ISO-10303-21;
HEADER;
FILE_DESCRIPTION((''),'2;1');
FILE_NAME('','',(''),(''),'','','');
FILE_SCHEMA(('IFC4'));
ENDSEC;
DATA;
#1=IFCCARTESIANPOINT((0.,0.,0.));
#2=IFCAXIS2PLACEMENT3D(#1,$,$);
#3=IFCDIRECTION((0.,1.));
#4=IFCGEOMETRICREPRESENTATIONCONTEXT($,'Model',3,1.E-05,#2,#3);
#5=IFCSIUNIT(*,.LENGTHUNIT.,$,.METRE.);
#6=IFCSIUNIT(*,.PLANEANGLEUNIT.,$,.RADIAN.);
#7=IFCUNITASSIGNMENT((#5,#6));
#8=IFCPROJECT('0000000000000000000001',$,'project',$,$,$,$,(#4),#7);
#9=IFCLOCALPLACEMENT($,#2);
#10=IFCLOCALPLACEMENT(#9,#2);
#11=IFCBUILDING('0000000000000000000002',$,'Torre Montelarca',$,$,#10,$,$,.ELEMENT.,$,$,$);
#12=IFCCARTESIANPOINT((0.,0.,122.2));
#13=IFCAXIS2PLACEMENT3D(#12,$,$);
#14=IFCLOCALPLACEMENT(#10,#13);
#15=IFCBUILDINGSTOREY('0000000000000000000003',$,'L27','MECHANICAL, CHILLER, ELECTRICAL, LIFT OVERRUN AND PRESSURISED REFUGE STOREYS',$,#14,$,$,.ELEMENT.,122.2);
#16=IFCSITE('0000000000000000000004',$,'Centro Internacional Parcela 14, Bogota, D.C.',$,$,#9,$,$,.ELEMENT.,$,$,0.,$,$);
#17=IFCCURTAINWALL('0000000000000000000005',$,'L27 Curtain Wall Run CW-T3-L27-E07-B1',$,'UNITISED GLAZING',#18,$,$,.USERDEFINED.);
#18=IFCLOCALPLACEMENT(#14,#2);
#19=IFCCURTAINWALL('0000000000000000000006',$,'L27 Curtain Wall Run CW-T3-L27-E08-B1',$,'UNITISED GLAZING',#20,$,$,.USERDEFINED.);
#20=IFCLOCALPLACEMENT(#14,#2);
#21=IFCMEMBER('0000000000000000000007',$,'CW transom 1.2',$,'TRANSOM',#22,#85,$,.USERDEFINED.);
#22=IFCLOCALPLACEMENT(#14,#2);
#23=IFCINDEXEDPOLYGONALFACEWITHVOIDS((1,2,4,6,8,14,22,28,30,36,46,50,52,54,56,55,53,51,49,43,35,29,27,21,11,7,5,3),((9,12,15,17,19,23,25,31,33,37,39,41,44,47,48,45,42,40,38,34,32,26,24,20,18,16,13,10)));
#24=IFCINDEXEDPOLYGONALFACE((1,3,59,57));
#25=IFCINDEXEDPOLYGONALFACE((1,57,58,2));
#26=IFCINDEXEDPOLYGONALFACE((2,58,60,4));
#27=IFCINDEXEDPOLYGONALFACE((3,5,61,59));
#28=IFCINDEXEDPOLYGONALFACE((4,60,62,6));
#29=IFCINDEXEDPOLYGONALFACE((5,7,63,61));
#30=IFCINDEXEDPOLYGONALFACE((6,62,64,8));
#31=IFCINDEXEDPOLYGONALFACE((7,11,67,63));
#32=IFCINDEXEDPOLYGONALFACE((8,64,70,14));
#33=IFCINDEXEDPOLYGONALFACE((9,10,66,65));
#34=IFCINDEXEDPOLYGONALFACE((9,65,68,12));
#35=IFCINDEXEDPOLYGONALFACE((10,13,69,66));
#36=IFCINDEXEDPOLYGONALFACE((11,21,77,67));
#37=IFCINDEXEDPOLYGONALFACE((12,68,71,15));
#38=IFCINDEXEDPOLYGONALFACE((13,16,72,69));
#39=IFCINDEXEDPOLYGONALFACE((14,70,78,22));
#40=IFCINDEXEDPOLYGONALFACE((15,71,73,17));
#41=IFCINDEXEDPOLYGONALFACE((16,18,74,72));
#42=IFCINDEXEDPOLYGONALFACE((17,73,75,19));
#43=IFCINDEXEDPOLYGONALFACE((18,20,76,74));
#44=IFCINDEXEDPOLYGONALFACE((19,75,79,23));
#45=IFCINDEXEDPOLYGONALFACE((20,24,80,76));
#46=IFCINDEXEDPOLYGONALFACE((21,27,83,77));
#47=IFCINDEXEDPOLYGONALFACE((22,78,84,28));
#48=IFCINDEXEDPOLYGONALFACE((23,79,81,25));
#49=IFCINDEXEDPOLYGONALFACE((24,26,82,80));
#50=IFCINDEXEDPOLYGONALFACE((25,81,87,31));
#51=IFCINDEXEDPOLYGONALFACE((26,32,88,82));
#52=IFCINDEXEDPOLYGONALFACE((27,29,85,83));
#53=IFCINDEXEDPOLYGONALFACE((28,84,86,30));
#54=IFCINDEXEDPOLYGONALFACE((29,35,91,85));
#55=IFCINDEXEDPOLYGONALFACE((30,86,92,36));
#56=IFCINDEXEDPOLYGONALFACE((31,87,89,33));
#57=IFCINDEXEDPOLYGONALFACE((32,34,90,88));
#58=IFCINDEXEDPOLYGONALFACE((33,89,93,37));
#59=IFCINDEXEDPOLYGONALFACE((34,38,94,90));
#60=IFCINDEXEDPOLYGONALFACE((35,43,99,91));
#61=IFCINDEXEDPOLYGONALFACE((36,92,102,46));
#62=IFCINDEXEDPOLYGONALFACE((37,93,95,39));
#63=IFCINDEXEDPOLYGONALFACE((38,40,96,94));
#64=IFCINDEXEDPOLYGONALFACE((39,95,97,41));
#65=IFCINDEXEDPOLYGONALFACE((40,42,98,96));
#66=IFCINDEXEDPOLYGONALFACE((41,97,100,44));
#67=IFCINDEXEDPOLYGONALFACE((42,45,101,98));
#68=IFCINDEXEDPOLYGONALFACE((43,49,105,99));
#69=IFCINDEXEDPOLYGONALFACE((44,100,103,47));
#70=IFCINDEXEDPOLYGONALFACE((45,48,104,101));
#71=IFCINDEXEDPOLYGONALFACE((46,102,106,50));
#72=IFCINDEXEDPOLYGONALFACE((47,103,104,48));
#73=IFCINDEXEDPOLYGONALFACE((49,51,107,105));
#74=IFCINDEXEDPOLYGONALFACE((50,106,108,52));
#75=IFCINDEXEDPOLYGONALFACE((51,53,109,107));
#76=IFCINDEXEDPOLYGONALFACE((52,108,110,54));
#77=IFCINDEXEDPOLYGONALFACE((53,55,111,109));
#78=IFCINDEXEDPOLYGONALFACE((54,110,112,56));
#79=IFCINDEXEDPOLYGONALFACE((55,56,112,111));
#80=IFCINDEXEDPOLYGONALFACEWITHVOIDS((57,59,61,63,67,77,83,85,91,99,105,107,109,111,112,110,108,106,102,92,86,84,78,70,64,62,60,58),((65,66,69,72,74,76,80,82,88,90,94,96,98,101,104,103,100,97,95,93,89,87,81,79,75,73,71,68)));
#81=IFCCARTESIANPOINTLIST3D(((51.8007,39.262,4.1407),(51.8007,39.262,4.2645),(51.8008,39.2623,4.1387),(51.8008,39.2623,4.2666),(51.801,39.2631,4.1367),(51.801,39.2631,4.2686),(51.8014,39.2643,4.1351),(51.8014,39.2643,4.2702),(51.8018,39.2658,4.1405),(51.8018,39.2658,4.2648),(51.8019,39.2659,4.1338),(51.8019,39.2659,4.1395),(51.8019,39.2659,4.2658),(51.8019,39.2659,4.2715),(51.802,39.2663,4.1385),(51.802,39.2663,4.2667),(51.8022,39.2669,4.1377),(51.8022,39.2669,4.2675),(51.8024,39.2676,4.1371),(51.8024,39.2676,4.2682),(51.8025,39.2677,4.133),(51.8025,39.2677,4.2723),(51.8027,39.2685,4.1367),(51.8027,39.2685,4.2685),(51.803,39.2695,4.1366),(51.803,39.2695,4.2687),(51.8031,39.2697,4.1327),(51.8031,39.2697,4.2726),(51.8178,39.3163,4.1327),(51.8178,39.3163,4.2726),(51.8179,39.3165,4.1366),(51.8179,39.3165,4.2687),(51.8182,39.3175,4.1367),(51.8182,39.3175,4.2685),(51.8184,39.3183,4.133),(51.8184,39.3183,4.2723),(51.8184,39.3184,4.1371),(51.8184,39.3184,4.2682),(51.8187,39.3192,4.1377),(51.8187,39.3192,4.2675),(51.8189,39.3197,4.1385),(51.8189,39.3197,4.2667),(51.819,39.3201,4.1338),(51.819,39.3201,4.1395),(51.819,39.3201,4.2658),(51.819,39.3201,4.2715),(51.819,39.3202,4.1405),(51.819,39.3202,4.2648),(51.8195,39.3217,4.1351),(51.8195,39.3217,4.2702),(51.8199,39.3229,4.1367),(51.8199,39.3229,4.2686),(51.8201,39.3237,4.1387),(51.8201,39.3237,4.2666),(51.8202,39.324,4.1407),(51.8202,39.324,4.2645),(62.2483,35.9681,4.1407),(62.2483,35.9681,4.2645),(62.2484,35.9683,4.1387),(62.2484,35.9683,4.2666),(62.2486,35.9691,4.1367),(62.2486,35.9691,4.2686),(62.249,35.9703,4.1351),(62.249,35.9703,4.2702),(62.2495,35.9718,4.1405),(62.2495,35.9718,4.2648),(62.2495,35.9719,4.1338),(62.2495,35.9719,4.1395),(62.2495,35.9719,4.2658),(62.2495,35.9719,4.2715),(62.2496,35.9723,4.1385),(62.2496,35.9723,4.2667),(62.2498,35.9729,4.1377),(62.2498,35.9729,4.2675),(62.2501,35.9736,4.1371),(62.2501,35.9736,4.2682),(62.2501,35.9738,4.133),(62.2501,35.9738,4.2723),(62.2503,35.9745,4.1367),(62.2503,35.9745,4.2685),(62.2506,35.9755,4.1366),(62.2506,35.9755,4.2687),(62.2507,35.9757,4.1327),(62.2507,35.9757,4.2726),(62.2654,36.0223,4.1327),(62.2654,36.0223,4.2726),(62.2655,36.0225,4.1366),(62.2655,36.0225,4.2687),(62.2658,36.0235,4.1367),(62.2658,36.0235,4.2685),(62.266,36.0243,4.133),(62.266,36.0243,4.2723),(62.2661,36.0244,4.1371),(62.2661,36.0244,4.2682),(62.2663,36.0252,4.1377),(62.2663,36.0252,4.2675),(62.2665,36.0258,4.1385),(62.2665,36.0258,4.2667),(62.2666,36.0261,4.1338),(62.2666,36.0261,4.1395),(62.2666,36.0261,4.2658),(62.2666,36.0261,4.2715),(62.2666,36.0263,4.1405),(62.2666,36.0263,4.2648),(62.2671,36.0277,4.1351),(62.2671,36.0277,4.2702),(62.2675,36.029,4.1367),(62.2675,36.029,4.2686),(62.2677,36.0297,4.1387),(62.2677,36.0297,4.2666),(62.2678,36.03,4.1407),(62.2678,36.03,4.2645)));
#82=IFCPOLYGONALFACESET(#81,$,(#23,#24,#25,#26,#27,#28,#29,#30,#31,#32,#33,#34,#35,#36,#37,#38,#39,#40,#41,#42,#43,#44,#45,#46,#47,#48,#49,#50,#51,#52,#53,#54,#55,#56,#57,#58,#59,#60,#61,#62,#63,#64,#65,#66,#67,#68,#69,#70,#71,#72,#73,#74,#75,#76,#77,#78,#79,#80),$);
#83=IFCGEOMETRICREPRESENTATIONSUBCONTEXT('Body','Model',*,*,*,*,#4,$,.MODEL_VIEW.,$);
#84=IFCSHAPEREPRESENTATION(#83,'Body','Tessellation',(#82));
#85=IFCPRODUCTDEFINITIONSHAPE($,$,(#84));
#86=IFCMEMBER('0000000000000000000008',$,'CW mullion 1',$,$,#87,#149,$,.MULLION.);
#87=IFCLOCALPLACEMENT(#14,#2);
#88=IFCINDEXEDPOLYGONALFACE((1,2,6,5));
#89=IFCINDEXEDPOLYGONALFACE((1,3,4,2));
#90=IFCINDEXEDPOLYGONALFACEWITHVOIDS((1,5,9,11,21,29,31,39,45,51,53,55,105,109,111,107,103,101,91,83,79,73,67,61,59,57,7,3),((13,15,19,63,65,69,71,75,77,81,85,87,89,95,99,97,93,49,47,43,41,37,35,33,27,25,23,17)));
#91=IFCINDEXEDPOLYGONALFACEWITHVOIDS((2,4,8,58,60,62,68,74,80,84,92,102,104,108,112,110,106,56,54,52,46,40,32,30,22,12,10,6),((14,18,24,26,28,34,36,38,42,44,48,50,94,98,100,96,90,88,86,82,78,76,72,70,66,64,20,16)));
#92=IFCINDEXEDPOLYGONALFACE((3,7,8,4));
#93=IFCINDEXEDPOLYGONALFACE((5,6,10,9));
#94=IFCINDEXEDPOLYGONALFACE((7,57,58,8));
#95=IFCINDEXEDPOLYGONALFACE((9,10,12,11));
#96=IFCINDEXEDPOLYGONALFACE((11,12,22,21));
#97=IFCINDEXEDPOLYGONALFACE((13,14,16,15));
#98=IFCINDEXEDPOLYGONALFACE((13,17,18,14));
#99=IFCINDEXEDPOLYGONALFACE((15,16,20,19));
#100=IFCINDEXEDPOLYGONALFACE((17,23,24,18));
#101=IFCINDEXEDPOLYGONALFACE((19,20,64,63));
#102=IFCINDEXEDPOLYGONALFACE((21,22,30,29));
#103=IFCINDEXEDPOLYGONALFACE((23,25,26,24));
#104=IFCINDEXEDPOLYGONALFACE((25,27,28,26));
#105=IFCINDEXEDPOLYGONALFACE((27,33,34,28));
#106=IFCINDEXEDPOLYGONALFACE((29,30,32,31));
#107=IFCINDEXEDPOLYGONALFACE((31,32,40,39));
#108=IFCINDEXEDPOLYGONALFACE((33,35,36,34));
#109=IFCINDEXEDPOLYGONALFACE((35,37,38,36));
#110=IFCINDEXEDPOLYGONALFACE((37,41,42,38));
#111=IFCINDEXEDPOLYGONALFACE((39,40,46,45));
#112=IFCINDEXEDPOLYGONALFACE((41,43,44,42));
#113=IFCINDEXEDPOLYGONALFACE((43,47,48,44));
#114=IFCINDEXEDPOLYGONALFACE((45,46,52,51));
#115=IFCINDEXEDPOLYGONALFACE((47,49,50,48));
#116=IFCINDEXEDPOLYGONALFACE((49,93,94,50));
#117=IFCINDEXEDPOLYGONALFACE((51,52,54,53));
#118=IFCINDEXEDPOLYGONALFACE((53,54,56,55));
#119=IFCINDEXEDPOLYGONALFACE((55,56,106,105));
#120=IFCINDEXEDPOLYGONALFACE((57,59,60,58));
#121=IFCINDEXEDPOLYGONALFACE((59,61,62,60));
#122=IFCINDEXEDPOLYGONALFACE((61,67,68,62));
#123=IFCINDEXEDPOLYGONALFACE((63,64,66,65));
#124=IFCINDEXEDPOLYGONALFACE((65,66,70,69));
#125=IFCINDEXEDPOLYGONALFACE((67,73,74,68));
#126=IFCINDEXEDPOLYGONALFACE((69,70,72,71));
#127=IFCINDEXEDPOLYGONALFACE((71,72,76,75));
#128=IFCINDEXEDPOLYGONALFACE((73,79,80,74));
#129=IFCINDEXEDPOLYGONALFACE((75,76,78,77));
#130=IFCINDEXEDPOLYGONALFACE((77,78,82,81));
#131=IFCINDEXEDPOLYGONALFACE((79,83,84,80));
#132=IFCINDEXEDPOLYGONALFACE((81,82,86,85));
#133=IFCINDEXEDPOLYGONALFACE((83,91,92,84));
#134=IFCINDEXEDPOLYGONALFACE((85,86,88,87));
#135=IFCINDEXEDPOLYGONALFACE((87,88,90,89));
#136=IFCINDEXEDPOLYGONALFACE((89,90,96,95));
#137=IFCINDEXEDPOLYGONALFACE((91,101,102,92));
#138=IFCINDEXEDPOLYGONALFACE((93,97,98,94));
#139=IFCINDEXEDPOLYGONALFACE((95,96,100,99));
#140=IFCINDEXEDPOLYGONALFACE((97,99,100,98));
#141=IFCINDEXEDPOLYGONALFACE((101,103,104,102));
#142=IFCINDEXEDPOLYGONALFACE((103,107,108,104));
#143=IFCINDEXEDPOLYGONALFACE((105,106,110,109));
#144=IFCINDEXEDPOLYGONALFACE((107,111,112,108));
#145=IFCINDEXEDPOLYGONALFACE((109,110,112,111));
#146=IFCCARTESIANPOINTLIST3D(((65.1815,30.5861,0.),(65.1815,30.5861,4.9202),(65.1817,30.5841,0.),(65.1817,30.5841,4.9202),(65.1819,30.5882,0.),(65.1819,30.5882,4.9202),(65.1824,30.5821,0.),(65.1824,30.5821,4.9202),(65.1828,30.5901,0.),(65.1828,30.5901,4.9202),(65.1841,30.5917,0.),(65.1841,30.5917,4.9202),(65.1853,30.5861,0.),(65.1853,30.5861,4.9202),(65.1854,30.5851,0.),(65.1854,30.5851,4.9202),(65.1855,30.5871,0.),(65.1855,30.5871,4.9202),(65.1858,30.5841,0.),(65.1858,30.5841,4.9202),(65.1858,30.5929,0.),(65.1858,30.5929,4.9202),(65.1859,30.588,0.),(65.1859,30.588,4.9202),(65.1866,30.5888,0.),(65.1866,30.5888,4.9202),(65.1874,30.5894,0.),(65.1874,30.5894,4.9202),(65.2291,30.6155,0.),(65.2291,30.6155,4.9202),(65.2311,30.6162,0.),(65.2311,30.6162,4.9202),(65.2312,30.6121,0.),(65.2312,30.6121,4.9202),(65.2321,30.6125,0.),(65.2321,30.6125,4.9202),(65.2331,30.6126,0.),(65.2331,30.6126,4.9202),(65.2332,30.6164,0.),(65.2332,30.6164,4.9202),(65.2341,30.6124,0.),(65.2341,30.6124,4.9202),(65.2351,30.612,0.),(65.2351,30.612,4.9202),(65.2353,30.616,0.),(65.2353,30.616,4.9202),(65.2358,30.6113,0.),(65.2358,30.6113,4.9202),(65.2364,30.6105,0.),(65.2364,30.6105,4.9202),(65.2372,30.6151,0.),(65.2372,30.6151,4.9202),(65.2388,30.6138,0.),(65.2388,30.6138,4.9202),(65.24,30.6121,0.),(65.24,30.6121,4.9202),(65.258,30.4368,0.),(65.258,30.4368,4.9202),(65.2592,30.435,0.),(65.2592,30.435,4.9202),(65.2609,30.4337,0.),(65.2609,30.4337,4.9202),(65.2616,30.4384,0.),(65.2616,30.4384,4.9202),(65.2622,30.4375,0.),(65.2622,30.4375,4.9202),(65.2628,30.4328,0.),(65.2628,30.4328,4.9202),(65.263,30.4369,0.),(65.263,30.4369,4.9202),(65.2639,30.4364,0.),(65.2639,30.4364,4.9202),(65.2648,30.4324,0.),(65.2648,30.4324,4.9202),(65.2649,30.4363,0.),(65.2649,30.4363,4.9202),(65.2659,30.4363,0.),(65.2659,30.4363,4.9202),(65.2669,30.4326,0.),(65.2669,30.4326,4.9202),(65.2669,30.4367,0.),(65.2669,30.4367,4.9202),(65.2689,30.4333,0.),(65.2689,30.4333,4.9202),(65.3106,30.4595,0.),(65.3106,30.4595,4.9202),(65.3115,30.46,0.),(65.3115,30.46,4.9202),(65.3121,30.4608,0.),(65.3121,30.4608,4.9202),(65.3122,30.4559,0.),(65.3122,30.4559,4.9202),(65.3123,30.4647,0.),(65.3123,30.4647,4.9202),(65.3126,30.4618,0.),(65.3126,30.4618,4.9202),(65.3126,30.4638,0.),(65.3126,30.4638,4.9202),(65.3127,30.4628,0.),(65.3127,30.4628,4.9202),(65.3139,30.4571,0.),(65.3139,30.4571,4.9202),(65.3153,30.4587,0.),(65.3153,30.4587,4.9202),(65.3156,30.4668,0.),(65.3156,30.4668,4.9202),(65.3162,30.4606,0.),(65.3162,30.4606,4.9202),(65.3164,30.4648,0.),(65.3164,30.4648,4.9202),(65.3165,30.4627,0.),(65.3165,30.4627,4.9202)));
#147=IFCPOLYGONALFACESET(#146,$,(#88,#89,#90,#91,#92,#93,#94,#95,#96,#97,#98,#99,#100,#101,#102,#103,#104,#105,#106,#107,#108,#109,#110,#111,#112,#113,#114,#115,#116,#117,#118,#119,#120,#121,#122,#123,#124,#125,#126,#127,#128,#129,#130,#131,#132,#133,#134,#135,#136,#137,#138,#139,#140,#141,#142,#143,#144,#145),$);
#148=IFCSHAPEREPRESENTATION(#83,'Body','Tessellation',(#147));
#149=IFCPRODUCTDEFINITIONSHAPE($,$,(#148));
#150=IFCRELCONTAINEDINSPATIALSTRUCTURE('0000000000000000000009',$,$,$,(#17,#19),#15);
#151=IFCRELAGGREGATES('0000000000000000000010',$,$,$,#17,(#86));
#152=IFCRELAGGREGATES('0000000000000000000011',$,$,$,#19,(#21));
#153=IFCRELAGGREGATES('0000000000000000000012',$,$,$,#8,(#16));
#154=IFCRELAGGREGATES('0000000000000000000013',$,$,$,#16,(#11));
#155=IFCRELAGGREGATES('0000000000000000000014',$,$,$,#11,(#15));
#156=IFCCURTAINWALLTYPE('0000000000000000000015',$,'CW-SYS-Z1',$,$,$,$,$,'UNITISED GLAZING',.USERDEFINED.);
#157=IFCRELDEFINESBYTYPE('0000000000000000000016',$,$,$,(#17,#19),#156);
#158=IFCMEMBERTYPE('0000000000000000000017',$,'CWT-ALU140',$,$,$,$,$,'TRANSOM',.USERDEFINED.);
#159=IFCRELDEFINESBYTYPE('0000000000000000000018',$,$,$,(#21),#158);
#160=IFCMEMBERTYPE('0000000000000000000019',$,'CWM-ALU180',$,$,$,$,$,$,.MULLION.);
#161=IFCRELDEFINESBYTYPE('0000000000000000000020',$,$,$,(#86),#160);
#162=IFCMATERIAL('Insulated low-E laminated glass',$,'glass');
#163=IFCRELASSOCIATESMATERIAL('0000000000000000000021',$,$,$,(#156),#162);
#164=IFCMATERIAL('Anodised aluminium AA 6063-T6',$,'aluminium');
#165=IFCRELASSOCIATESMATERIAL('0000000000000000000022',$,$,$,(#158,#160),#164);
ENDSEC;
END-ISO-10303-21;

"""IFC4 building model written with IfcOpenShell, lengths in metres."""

from ifc_helpers import new_model, si_unit, direction, frame, origin, origin_2d, place, context, subcontext, project, spatial, hollow_rectangle, extrude, source, transform, mapped, material, material_profile, profile_set, type_object, element, aggregate, save


model = new_model("IFC4")

# Units and contexts
model_context = context("Model", 3, precision=1e-05, world=origin(), true_north=direction((0.0, 1.0)))
body_context = subcontext(model_context, "Body", "Model", "MODEL_VIEW")
ifc_project = project(units=[si_unit("LENGTHUNIT", "METRE"), si_unit("PLANEANGLEUNIT", "RADIAN")], contexts=[model_context])

# Site, building, storey
site_placement = place(None, origin())
site = spatial("IfcSite", under=ifc_project, at=site_placement, Name="Centro Internacional Parcela 14, Bogota, D.C.", CompositionType="ELEMENT", RefElevation=0.0)
building_placement = place(site_placement, origin())
building = spatial("IfcBuilding", under=site, at=building_placement, Name="Torre Montelarca", CompositionType="ELEMENT")
storey_placement = place(building_placement, frame((0.0, 0.0, 122.2)))
storey = spatial("IfcBuildingStorey", under=building, at=storey_placement, Name="L27", Description="MECHANICAL, CHILLER, ELECTRICAL, LIFT OVERRUN AND PRESSURISED REFUGE STOREYS", CompositionType="ELEMENT", Elevation=122.2)

# Curtain walls, member
ifc_material_1 = material(Name="Insulated low-E laminated glass", Category="glass")
curtain_wall_type = type_object("IfcCurtainWallType", Name="CW-SYS-Z1", ElementType="UNITISED GLAZING", PredefinedType="USERDEFINED", material=ifc_material_1)
curtain_wall_1_placement = place(storey_placement, origin())
curtain_wall_1 = element("IfcCurtainWall", 1, at=curtain_wall_1_placement, inside=storey, type_object=curtain_wall_type, Name="L27 Curtain Wall Run CW-T3-L27-E07-B1", ObjectType="UNITISED GLAZING", PredefinedType="USERDEFINED")
ifc_material_2 = material(Name="Anodised aluminium AA 6063-T6", Category="aluminium")
ifc_material_profile_1 = material_profile(ifc_material_2, hollow_rectangle(XDim=0.0649, YDim=0.1399, WallThickness=0.0039, InnerFilletRadius=0.0039, OuterFilletRadius=0.0081, at=origin_2d()), Name="ALU65X140X4", Category="aluminium")
ifc_profile_set_1 = profile_set([ifc_material_profile_1], Name="Anodised aluminium AA 6063-T6")
member_type_1 = type_object("IfcMemberType", Name="CWT-ALU140", ElementType="TRANSOM", PredefinedType="USERDEFINED", material=ifc_profile_set_1)
curtain_wall_2_placement = place(storey_placement, origin())
curtain_wall_2 = element("IfcCurtainWall", 2, at=curtain_wall_2_placement, inside=storey, type_object=curtain_wall_type, Name="L27 Curtain Wall Run CW-T3-L27-E08-B1", ObjectType="UNITISED GLAZING", PredefinedType="USERDEFINED")
shared_shape_1 = source(origin(), body_context, "Body", "SweptSolid", [
    extrude(hollow_rectangle(XDim=0.0649, YDim=0.1399, WallThickness=0.0039, InnerFilletRadius=0.0039, OuterFilletRadius=0.0081, at=origin_2d()), origin(), (0.0, 0.0, 1.0), 10.9546),
])
member_1_placement = place(storey_placement, frame((62.2581, 35.999, 4.2026), z_axis=(-0.953721, 0.300694, 0.0), x_axis=(-0.300694, -0.953721, 0.0)))
member_1 = element("IfcMember", 3, at=member_1_placement, type_object=member_type_1, Name="CW transom 1.2", ObjectType="TRANSOM", PredefinedType="USERDEFINED", context=body_context, shape_type="MappedRepresentation", body=[
    mapped(shared_shape_1, transform((0.0, 0.0, 0.0), scale=1.0)),
])

# Member
ifc_material_profile_2 = material_profile(ifc_material_2, hollow_rectangle(XDim=0.0649, YDim=0.1799, WallThickness=0.0039, InnerFilletRadius=0.0039, OuterFilletRadius=0.0081, at=origin_2d()), Name="ALU65X180X4", Category="aluminium")
ifc_profile_set_2 = profile_set([ifc_material_profile_2], Name="Anodised aluminium AA 6063-T6")
member_type_2 = type_object("IfcMemberType", Name="CWM-ALU180", PredefinedType="MULLION", material=ifc_profile_set_2)
shared_shape_2 = source(origin(), body_context, "Body", "SweptSolid", [
    extrude(hollow_rectangle(XDim=0.0649, YDim=0.1799, WallThickness=0.0039, InnerFilletRadius=0.0039, OuterFilletRadius=0.0081, at=origin_2d()), origin(), (0.0, 0.0, 1.0), 4.9202),
])
member_2_placement = place(storey_placement, frame((65.249, 30.5244, 0.0), z_axis=(0.0, 0.0, 1.0), x_axis=(-0.887014, -0.461742, 0.0)))
member_2 = element("IfcMember", 4, at=member_2_placement, type_object=member_type_2, Name="CW mullion 1", PredefinedType="MULLION", context=body_context, shape_type="MappedRepresentation", body=[
    mapped(shared_shape_2, transform((0.0, 0.0, 0.0), scale=1.0)),
])

aggregate(curtain_wall_1, [member_2])
aggregate(curtain_wall_2, [member_1])

save(model, "model.ifc")
